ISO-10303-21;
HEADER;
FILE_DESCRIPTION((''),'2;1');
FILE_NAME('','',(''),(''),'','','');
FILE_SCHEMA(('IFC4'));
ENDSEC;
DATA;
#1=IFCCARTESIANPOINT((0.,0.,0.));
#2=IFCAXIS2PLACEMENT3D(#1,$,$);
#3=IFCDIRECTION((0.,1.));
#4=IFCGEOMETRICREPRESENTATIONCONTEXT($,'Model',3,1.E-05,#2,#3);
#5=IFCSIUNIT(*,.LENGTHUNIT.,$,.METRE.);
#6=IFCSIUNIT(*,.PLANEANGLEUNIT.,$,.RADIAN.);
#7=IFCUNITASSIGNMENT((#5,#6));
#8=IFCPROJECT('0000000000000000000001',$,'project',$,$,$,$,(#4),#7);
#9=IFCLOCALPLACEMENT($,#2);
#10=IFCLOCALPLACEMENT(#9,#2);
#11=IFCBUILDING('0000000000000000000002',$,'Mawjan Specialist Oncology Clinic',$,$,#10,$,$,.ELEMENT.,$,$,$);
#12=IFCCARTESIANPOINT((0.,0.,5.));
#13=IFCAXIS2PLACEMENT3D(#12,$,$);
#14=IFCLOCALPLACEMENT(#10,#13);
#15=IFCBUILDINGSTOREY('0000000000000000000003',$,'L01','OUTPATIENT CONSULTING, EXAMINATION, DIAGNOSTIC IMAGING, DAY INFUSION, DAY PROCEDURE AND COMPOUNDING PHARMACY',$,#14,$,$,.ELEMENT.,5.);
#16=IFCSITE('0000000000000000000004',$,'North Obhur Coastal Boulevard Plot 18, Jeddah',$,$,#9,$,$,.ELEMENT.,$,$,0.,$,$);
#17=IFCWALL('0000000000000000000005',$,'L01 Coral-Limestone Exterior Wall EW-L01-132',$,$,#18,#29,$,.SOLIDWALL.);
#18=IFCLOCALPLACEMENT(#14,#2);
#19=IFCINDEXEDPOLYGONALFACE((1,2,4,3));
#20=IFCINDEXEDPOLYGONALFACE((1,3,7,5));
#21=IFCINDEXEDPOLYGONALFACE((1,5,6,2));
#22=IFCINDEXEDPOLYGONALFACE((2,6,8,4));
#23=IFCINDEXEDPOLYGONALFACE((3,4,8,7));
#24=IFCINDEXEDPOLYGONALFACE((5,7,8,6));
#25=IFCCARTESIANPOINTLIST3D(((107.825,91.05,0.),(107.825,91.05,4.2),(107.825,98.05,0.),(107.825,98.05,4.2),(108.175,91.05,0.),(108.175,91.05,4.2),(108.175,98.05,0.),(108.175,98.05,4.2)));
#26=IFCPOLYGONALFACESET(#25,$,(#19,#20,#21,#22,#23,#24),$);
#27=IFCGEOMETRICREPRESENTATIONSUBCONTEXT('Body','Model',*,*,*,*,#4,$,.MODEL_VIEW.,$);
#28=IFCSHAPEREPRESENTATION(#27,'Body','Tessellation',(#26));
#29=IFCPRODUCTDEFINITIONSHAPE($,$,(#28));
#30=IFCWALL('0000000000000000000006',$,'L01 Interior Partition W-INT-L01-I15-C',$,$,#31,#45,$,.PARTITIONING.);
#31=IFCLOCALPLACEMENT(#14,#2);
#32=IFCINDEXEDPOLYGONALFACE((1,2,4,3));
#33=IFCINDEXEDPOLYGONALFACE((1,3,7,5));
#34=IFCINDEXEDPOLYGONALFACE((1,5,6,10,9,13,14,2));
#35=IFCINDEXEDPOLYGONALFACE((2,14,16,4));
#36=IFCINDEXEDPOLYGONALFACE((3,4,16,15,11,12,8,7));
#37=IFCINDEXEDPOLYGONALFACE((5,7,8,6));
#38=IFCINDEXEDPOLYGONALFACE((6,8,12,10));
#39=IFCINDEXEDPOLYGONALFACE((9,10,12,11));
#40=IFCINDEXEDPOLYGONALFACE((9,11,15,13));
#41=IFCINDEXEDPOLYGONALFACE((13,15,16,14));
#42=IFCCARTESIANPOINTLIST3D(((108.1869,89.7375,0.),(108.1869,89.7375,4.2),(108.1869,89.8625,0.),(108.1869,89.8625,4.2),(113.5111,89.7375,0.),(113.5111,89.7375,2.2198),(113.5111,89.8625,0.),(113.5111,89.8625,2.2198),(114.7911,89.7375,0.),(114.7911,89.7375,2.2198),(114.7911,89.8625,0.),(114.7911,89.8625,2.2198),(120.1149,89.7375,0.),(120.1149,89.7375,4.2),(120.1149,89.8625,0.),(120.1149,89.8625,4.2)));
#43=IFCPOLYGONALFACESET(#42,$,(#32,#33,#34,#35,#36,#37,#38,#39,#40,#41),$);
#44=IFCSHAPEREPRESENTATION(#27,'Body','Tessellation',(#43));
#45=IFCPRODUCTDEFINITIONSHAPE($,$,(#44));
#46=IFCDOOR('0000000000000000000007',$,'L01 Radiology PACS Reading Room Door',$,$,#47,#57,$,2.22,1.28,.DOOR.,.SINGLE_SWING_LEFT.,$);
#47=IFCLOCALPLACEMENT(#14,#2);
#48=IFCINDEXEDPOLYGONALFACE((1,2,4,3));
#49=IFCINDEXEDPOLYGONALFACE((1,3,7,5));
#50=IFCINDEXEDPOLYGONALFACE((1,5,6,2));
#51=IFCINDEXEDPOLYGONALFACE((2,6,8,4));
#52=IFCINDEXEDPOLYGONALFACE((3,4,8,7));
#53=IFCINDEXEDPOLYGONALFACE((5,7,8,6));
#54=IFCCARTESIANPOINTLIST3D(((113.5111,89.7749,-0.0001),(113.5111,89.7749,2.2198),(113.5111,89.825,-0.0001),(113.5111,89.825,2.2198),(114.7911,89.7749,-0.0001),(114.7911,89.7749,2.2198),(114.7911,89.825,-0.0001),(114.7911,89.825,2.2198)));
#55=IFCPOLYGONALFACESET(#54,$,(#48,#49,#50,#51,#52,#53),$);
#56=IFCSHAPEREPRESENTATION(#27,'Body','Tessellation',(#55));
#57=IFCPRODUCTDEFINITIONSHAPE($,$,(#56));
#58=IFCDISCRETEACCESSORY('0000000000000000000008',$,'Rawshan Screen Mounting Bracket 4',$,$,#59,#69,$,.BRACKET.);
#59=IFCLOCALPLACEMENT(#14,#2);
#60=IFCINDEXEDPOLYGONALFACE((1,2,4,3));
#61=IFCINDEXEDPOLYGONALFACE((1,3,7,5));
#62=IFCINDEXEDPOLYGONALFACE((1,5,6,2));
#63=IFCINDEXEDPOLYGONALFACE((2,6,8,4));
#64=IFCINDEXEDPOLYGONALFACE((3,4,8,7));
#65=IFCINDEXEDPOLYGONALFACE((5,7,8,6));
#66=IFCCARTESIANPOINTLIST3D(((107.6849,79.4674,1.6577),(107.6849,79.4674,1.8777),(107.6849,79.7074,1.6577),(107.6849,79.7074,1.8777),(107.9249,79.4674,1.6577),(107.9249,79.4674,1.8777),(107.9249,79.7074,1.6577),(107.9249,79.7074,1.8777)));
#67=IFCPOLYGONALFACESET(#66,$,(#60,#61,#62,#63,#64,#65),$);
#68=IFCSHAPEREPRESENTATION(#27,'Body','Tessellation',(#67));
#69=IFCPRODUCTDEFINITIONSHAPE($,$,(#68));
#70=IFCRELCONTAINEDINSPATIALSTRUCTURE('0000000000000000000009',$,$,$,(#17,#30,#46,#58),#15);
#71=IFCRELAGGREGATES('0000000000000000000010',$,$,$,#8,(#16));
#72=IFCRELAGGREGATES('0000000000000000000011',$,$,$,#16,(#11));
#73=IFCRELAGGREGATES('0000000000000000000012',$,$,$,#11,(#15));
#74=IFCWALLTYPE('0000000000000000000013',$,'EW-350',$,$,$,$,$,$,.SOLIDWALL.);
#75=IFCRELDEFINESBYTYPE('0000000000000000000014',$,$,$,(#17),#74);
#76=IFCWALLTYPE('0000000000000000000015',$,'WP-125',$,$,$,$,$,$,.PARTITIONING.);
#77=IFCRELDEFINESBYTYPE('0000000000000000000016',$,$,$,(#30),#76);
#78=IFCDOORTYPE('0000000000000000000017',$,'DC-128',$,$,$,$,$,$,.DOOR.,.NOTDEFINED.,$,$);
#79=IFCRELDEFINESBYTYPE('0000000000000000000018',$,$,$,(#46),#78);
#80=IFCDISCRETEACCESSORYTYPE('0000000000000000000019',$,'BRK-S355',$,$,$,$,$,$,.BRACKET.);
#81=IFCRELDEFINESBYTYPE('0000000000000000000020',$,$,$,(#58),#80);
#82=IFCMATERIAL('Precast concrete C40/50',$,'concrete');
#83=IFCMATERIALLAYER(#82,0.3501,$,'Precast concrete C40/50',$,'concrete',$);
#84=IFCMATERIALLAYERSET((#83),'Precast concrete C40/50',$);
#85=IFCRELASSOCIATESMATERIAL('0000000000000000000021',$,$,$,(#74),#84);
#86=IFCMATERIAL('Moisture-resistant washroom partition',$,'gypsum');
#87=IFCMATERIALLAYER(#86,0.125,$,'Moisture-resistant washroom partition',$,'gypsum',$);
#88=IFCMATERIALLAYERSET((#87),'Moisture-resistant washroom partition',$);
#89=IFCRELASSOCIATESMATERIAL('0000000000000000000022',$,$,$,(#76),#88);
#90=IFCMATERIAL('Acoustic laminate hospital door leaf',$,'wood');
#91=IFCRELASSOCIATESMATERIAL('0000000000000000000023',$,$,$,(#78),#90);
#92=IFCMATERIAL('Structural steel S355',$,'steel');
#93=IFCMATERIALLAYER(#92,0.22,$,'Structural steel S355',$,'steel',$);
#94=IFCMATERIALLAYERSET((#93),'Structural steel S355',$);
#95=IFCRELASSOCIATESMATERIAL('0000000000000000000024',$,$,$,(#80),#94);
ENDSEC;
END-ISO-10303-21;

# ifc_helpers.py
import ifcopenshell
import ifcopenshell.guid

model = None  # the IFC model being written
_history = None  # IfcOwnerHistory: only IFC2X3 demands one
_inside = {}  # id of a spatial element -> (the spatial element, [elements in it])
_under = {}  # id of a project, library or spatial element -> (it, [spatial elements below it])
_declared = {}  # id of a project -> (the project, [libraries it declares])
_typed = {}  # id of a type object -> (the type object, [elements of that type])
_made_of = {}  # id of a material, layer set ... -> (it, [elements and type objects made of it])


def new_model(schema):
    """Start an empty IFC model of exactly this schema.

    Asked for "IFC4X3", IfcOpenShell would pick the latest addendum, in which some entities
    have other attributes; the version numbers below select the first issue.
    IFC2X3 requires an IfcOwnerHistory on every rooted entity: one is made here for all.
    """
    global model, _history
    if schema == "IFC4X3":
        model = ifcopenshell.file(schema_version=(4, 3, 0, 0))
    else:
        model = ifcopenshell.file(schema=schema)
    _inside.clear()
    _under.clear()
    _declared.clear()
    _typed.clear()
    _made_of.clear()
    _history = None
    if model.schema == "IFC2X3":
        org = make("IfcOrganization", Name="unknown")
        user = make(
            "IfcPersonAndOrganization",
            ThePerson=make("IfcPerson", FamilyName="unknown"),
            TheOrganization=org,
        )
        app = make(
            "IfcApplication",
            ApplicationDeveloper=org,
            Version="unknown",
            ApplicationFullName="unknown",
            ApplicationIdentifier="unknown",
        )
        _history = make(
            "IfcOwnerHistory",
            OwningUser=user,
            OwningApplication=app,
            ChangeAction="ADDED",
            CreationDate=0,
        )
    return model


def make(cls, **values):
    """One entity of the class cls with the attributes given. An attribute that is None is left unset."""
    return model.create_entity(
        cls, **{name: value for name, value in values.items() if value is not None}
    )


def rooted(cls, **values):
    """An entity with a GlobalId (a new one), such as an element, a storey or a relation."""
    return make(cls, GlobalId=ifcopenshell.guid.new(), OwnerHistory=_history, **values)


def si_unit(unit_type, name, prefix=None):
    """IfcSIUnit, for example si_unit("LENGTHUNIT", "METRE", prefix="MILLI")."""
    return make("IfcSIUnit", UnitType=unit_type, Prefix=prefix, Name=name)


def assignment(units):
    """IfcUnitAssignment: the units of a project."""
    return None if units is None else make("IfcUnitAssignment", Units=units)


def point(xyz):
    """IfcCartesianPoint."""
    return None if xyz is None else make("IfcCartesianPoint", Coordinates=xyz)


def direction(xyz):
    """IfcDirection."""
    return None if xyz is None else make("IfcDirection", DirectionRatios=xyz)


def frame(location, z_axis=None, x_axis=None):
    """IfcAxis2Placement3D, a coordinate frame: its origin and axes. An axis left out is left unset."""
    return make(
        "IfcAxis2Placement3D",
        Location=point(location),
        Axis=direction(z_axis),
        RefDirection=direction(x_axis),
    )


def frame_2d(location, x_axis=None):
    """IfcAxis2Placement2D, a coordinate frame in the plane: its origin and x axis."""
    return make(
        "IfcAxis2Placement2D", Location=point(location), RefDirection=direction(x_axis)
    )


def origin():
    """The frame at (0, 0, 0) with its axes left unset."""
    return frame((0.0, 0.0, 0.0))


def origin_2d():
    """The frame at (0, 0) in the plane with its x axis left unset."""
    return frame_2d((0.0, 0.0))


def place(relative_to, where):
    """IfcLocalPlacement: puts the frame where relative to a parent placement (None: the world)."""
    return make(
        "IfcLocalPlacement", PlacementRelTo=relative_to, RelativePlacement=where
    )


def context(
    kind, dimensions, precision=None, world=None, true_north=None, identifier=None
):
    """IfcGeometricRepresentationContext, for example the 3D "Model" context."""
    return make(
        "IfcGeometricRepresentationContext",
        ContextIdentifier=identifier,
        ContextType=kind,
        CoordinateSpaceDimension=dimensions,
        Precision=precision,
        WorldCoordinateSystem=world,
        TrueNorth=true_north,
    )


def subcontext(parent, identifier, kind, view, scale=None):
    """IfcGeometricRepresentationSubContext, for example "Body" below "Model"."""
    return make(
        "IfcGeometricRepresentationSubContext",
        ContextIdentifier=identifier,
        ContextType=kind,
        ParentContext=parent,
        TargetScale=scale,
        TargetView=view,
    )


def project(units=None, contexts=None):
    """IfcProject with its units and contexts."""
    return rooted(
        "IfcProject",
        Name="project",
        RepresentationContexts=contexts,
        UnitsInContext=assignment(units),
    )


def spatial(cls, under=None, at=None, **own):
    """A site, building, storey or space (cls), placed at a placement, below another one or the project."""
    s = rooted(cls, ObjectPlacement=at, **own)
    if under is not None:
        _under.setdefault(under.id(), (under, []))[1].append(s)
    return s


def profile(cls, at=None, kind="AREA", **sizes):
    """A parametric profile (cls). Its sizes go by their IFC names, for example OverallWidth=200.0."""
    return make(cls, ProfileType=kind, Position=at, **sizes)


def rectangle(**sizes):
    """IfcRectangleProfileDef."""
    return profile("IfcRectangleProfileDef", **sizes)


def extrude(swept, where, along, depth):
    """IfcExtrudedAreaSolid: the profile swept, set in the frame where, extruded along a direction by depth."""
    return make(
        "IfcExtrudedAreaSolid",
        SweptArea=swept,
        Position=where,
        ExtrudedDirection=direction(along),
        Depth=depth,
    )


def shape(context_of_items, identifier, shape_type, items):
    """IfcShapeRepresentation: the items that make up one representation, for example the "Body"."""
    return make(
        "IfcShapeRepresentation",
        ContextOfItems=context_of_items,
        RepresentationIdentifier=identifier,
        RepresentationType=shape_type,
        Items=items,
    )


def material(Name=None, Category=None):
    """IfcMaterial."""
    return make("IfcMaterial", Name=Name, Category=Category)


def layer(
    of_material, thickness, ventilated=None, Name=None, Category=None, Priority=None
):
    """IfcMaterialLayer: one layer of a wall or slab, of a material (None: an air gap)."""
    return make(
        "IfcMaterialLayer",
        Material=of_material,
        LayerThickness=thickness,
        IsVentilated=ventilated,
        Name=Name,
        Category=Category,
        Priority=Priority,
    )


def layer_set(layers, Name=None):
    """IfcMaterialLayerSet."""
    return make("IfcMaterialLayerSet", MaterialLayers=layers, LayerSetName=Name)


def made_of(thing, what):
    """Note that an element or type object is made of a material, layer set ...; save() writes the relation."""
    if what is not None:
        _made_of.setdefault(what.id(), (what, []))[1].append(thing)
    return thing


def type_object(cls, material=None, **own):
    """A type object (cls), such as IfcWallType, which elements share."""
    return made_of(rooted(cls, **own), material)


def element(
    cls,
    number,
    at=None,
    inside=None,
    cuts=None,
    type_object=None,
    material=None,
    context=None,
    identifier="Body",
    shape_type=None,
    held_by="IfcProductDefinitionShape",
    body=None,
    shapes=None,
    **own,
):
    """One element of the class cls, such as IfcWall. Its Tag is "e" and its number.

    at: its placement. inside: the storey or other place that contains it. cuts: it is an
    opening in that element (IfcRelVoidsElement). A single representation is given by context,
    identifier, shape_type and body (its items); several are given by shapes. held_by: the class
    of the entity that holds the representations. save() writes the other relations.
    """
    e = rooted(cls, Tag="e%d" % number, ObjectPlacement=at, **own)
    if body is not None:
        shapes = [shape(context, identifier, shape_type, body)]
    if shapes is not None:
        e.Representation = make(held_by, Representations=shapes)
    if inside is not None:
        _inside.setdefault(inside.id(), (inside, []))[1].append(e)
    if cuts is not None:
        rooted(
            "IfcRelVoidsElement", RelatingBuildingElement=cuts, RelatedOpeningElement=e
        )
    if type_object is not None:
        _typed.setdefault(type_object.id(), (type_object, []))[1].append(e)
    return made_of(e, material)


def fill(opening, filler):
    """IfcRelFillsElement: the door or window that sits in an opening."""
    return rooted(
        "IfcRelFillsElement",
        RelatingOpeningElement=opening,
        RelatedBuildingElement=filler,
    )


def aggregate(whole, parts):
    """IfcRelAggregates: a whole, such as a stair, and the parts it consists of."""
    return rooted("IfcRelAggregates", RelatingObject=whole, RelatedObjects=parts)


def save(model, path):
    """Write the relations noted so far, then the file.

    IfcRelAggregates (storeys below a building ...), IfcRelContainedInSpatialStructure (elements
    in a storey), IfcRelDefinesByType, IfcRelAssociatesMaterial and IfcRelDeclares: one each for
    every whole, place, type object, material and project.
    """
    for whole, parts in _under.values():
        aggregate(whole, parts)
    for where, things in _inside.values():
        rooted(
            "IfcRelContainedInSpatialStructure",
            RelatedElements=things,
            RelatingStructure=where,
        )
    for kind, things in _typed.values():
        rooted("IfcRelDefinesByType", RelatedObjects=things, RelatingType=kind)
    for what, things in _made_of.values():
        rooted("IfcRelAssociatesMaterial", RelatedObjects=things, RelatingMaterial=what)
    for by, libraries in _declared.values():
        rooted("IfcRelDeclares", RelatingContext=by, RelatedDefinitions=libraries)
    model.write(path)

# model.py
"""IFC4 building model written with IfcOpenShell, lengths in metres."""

from ifc_helpers import new_model, si_unit, direction, frame, frame_2d, origin, origin_2d, place, context, subcontext, project, spatial, rectangle, extrude, material, layer, layer_set, type_object, element, fill, save


model = new_model("IFC4")

# Units and contexts
model_context = context("Model", 3, precision=1e-05, world=origin(), true_north=direction((0.0, 1.0)))
body_context = subcontext(model_context, "Body", "Model", "MODEL_VIEW")
ifc_project = project(units=[si_unit("LENGTHUNIT", "METRE"), si_unit("PLANEANGLEUNIT", "RADIAN")], contexts=[model_context])

# Site, building, storey
site_placement = place(None, origin())
site = spatial("IfcSite", under=ifc_project, at=site_placement, Name="North Obhur Coastal Boulevard Plot 18, Jeddah", CompositionType="ELEMENT", RefElevation=0.0)
building_placement = place(site_placement, origin())
building = spatial("IfcBuilding", under=site, at=building_placement, Name="Mawjan Specialist Oncology Clinic", CompositionType="ELEMENT")
storey_placement = place(building_placement, frame((0.0, 0.0, 5.0)))
storey = spatial("IfcBuildingStorey", under=building, at=storey_placement, Name="L01", Description="OUTPATIENT CONSULTING, EXAMINATION, DIAGNOSTIC IMAGING, DAY INFUSION, DAY PROCEDURE AND COMPOUNDING PHARMACY", CompositionType="ELEMENT", Elevation=5.0)

# Wall
ifc_material_1 = material(Name="Precast concrete C40/50", Category="concrete")
ifc_layer_1 = layer(ifc_material_1, 0.3501, Name="Precast concrete C40/50", Category="concrete")
ifc_layer_set_1 = layer_set([ifc_layer_1], Name="Precast concrete C40/50")
wall_type_1 = type_object("IfcWallType", Name="EW-350", PredefinedType="SOLIDWALL", material=ifc_layer_set_1)
for number, where, z_axis, x_axis, name in (
    (1, (108.0, 91.05, 0.0), (0.0, 0.0, 1.0), (0.0, 1.0, 0.0), "L01 Coral-Limestone Exterior Wall EW-L01-132"),
):
    element("IfcWall", number, at=place(storey_placement, frame(where, z_axis=z_axis, x_axis=x_axis)), inside=storey, type_object=wall_type_1, Name=name, PredefinedType="SOLIDWALL", context=body_context, shape_type="SweptSolid", body=[
        extrude(rectangle(XDim=7.0, YDim=0.3501, at=frame_2d((3.5, 0.0))), origin(), (0.0, 0.0, 1.0), 4.2),
    ])

# Wall, opening, door
ifc_material_2 = material(Name="Moisture-resistant washroom partition", Category="gypsum")
ifc_layer_2 = layer(ifc_material_2, 0.125, Name="Moisture-resistant washroom partition", Category="gypsum")
ifc_layer_set_2 = layer_set([ifc_layer_2], Name="Moisture-resistant washroom partition")
wall_type_2 = type_object("IfcWallType", Name="WP-125", PredefinedType="PARTITIONING", material=ifc_layer_set_2)
wall_1_placement = place(storey_placement, frame((108.187, 89.8, 0.0), z_axis=(0.0, 0.0, 1.0), x_axis=(1.0, 0.0, 0.0)))
wall_1 = element("IfcWall", 2, at=wall_1_placement, inside=storey, type_object=wall_type_2, Name="L01 Interior Partition W-INT-L01-I15-C", PredefinedType="PARTITIONING", context=body_context, shape_type="SweptSolid", body=[
    extrude(rectangle(XDim=11.928, YDim=0.125, at=frame_2d((5.9639, 0.0))), origin(), (0.0, 0.0, 1.0), 4.2),
])
opening_1_placement = place(wall_1_placement, frame((5.324, 0.0, 0.0)))
opening_1 = element("IfcOpeningElement", 3, at=opening_1_placement, cuts=wall_1, PredefinedType="OPENING", context=body_context, shape_type="SweptSolid", body=[
    extrude(rectangle(XDim=1.28, YDim=2.22, at=frame_2d((0.6401, 1.1099))), frame((0.0, 0.0745, 0.0), z_axis=(0.0, -1.0, 0.0), x_axis=(1.0, 0.0, 0.0)), (0.0, 0.0, 1.0), 0.1489),
])
ifc_material_3 = material(Name="Acoustic laminate hospital door leaf", Category="wood")
door_type_1 = type_object("IfcDoorType", Name="DC-128", OperationType="NOTDEFINED", PredefinedType="DOOR", material=ifc_material_3)
door_1_placement = place(opening_1_placement, origin())
door_1 = element("IfcDoor", 4, at=door_1_placement, inside=storey, type_object=door_type_1, Name="L01 Radiology PACS Reading Room Door", OperationType="SINGLE_SWING_LEFT", OverallHeight=2.22, OverallWidth=1.28, PredefinedType="DOOR", context=body_context, shape_type="SweptSolid", body=[
    extrude(rectangle(XDim=1.28, YDim=2.22, at=frame_2d((0.6401, 1.1099))), frame((0.0, 0.0249, 0.0), z_axis=(0.0, -1.0, 0.0), x_axis=(1.0, 0.0, 0.0)), (0.0, 0.0, 1.0), 0.05),
])
fill(opening_1, door_1)

# Discrete accessory
ifc_material_4 = material(Name="Structural steel S355", Category="steel")
ifc_layer_3 = layer(ifc_material_4, 0.22, Name="Structural steel S355", Category="steel")
ifc_layer_set_3 = layer_set([ifc_layer_3], Name="Structural steel S355")
discrete_accessory_type = type_object("IfcDiscreteAccessoryType", Name="BRK-S355", PredefinedType="BRACKET", material=ifc_layer_set_3)
discrete_accessory_placement = place(storey_placement, frame((107.8049, 79.5874, 1.6577), z_axis=(0.0, 0.0, 1.0), x_axis=(0.0, 1.0, 0.0)))
element("IfcDiscreteAccessory", 5, at=discrete_accessory_placement, inside=storey, type_object=discrete_accessory_type, Name="Rawshan Screen Mounting Bracket 4", PredefinedType="BRACKET", context=body_context, shape_type="SweptSolid", body=[
    extrude(rectangle(XDim=0.24, YDim=0.24, at=origin_2d()), origin(), (0.0, 0.0, 1.0), 0.22),
])

save(model, "model.ifc")
